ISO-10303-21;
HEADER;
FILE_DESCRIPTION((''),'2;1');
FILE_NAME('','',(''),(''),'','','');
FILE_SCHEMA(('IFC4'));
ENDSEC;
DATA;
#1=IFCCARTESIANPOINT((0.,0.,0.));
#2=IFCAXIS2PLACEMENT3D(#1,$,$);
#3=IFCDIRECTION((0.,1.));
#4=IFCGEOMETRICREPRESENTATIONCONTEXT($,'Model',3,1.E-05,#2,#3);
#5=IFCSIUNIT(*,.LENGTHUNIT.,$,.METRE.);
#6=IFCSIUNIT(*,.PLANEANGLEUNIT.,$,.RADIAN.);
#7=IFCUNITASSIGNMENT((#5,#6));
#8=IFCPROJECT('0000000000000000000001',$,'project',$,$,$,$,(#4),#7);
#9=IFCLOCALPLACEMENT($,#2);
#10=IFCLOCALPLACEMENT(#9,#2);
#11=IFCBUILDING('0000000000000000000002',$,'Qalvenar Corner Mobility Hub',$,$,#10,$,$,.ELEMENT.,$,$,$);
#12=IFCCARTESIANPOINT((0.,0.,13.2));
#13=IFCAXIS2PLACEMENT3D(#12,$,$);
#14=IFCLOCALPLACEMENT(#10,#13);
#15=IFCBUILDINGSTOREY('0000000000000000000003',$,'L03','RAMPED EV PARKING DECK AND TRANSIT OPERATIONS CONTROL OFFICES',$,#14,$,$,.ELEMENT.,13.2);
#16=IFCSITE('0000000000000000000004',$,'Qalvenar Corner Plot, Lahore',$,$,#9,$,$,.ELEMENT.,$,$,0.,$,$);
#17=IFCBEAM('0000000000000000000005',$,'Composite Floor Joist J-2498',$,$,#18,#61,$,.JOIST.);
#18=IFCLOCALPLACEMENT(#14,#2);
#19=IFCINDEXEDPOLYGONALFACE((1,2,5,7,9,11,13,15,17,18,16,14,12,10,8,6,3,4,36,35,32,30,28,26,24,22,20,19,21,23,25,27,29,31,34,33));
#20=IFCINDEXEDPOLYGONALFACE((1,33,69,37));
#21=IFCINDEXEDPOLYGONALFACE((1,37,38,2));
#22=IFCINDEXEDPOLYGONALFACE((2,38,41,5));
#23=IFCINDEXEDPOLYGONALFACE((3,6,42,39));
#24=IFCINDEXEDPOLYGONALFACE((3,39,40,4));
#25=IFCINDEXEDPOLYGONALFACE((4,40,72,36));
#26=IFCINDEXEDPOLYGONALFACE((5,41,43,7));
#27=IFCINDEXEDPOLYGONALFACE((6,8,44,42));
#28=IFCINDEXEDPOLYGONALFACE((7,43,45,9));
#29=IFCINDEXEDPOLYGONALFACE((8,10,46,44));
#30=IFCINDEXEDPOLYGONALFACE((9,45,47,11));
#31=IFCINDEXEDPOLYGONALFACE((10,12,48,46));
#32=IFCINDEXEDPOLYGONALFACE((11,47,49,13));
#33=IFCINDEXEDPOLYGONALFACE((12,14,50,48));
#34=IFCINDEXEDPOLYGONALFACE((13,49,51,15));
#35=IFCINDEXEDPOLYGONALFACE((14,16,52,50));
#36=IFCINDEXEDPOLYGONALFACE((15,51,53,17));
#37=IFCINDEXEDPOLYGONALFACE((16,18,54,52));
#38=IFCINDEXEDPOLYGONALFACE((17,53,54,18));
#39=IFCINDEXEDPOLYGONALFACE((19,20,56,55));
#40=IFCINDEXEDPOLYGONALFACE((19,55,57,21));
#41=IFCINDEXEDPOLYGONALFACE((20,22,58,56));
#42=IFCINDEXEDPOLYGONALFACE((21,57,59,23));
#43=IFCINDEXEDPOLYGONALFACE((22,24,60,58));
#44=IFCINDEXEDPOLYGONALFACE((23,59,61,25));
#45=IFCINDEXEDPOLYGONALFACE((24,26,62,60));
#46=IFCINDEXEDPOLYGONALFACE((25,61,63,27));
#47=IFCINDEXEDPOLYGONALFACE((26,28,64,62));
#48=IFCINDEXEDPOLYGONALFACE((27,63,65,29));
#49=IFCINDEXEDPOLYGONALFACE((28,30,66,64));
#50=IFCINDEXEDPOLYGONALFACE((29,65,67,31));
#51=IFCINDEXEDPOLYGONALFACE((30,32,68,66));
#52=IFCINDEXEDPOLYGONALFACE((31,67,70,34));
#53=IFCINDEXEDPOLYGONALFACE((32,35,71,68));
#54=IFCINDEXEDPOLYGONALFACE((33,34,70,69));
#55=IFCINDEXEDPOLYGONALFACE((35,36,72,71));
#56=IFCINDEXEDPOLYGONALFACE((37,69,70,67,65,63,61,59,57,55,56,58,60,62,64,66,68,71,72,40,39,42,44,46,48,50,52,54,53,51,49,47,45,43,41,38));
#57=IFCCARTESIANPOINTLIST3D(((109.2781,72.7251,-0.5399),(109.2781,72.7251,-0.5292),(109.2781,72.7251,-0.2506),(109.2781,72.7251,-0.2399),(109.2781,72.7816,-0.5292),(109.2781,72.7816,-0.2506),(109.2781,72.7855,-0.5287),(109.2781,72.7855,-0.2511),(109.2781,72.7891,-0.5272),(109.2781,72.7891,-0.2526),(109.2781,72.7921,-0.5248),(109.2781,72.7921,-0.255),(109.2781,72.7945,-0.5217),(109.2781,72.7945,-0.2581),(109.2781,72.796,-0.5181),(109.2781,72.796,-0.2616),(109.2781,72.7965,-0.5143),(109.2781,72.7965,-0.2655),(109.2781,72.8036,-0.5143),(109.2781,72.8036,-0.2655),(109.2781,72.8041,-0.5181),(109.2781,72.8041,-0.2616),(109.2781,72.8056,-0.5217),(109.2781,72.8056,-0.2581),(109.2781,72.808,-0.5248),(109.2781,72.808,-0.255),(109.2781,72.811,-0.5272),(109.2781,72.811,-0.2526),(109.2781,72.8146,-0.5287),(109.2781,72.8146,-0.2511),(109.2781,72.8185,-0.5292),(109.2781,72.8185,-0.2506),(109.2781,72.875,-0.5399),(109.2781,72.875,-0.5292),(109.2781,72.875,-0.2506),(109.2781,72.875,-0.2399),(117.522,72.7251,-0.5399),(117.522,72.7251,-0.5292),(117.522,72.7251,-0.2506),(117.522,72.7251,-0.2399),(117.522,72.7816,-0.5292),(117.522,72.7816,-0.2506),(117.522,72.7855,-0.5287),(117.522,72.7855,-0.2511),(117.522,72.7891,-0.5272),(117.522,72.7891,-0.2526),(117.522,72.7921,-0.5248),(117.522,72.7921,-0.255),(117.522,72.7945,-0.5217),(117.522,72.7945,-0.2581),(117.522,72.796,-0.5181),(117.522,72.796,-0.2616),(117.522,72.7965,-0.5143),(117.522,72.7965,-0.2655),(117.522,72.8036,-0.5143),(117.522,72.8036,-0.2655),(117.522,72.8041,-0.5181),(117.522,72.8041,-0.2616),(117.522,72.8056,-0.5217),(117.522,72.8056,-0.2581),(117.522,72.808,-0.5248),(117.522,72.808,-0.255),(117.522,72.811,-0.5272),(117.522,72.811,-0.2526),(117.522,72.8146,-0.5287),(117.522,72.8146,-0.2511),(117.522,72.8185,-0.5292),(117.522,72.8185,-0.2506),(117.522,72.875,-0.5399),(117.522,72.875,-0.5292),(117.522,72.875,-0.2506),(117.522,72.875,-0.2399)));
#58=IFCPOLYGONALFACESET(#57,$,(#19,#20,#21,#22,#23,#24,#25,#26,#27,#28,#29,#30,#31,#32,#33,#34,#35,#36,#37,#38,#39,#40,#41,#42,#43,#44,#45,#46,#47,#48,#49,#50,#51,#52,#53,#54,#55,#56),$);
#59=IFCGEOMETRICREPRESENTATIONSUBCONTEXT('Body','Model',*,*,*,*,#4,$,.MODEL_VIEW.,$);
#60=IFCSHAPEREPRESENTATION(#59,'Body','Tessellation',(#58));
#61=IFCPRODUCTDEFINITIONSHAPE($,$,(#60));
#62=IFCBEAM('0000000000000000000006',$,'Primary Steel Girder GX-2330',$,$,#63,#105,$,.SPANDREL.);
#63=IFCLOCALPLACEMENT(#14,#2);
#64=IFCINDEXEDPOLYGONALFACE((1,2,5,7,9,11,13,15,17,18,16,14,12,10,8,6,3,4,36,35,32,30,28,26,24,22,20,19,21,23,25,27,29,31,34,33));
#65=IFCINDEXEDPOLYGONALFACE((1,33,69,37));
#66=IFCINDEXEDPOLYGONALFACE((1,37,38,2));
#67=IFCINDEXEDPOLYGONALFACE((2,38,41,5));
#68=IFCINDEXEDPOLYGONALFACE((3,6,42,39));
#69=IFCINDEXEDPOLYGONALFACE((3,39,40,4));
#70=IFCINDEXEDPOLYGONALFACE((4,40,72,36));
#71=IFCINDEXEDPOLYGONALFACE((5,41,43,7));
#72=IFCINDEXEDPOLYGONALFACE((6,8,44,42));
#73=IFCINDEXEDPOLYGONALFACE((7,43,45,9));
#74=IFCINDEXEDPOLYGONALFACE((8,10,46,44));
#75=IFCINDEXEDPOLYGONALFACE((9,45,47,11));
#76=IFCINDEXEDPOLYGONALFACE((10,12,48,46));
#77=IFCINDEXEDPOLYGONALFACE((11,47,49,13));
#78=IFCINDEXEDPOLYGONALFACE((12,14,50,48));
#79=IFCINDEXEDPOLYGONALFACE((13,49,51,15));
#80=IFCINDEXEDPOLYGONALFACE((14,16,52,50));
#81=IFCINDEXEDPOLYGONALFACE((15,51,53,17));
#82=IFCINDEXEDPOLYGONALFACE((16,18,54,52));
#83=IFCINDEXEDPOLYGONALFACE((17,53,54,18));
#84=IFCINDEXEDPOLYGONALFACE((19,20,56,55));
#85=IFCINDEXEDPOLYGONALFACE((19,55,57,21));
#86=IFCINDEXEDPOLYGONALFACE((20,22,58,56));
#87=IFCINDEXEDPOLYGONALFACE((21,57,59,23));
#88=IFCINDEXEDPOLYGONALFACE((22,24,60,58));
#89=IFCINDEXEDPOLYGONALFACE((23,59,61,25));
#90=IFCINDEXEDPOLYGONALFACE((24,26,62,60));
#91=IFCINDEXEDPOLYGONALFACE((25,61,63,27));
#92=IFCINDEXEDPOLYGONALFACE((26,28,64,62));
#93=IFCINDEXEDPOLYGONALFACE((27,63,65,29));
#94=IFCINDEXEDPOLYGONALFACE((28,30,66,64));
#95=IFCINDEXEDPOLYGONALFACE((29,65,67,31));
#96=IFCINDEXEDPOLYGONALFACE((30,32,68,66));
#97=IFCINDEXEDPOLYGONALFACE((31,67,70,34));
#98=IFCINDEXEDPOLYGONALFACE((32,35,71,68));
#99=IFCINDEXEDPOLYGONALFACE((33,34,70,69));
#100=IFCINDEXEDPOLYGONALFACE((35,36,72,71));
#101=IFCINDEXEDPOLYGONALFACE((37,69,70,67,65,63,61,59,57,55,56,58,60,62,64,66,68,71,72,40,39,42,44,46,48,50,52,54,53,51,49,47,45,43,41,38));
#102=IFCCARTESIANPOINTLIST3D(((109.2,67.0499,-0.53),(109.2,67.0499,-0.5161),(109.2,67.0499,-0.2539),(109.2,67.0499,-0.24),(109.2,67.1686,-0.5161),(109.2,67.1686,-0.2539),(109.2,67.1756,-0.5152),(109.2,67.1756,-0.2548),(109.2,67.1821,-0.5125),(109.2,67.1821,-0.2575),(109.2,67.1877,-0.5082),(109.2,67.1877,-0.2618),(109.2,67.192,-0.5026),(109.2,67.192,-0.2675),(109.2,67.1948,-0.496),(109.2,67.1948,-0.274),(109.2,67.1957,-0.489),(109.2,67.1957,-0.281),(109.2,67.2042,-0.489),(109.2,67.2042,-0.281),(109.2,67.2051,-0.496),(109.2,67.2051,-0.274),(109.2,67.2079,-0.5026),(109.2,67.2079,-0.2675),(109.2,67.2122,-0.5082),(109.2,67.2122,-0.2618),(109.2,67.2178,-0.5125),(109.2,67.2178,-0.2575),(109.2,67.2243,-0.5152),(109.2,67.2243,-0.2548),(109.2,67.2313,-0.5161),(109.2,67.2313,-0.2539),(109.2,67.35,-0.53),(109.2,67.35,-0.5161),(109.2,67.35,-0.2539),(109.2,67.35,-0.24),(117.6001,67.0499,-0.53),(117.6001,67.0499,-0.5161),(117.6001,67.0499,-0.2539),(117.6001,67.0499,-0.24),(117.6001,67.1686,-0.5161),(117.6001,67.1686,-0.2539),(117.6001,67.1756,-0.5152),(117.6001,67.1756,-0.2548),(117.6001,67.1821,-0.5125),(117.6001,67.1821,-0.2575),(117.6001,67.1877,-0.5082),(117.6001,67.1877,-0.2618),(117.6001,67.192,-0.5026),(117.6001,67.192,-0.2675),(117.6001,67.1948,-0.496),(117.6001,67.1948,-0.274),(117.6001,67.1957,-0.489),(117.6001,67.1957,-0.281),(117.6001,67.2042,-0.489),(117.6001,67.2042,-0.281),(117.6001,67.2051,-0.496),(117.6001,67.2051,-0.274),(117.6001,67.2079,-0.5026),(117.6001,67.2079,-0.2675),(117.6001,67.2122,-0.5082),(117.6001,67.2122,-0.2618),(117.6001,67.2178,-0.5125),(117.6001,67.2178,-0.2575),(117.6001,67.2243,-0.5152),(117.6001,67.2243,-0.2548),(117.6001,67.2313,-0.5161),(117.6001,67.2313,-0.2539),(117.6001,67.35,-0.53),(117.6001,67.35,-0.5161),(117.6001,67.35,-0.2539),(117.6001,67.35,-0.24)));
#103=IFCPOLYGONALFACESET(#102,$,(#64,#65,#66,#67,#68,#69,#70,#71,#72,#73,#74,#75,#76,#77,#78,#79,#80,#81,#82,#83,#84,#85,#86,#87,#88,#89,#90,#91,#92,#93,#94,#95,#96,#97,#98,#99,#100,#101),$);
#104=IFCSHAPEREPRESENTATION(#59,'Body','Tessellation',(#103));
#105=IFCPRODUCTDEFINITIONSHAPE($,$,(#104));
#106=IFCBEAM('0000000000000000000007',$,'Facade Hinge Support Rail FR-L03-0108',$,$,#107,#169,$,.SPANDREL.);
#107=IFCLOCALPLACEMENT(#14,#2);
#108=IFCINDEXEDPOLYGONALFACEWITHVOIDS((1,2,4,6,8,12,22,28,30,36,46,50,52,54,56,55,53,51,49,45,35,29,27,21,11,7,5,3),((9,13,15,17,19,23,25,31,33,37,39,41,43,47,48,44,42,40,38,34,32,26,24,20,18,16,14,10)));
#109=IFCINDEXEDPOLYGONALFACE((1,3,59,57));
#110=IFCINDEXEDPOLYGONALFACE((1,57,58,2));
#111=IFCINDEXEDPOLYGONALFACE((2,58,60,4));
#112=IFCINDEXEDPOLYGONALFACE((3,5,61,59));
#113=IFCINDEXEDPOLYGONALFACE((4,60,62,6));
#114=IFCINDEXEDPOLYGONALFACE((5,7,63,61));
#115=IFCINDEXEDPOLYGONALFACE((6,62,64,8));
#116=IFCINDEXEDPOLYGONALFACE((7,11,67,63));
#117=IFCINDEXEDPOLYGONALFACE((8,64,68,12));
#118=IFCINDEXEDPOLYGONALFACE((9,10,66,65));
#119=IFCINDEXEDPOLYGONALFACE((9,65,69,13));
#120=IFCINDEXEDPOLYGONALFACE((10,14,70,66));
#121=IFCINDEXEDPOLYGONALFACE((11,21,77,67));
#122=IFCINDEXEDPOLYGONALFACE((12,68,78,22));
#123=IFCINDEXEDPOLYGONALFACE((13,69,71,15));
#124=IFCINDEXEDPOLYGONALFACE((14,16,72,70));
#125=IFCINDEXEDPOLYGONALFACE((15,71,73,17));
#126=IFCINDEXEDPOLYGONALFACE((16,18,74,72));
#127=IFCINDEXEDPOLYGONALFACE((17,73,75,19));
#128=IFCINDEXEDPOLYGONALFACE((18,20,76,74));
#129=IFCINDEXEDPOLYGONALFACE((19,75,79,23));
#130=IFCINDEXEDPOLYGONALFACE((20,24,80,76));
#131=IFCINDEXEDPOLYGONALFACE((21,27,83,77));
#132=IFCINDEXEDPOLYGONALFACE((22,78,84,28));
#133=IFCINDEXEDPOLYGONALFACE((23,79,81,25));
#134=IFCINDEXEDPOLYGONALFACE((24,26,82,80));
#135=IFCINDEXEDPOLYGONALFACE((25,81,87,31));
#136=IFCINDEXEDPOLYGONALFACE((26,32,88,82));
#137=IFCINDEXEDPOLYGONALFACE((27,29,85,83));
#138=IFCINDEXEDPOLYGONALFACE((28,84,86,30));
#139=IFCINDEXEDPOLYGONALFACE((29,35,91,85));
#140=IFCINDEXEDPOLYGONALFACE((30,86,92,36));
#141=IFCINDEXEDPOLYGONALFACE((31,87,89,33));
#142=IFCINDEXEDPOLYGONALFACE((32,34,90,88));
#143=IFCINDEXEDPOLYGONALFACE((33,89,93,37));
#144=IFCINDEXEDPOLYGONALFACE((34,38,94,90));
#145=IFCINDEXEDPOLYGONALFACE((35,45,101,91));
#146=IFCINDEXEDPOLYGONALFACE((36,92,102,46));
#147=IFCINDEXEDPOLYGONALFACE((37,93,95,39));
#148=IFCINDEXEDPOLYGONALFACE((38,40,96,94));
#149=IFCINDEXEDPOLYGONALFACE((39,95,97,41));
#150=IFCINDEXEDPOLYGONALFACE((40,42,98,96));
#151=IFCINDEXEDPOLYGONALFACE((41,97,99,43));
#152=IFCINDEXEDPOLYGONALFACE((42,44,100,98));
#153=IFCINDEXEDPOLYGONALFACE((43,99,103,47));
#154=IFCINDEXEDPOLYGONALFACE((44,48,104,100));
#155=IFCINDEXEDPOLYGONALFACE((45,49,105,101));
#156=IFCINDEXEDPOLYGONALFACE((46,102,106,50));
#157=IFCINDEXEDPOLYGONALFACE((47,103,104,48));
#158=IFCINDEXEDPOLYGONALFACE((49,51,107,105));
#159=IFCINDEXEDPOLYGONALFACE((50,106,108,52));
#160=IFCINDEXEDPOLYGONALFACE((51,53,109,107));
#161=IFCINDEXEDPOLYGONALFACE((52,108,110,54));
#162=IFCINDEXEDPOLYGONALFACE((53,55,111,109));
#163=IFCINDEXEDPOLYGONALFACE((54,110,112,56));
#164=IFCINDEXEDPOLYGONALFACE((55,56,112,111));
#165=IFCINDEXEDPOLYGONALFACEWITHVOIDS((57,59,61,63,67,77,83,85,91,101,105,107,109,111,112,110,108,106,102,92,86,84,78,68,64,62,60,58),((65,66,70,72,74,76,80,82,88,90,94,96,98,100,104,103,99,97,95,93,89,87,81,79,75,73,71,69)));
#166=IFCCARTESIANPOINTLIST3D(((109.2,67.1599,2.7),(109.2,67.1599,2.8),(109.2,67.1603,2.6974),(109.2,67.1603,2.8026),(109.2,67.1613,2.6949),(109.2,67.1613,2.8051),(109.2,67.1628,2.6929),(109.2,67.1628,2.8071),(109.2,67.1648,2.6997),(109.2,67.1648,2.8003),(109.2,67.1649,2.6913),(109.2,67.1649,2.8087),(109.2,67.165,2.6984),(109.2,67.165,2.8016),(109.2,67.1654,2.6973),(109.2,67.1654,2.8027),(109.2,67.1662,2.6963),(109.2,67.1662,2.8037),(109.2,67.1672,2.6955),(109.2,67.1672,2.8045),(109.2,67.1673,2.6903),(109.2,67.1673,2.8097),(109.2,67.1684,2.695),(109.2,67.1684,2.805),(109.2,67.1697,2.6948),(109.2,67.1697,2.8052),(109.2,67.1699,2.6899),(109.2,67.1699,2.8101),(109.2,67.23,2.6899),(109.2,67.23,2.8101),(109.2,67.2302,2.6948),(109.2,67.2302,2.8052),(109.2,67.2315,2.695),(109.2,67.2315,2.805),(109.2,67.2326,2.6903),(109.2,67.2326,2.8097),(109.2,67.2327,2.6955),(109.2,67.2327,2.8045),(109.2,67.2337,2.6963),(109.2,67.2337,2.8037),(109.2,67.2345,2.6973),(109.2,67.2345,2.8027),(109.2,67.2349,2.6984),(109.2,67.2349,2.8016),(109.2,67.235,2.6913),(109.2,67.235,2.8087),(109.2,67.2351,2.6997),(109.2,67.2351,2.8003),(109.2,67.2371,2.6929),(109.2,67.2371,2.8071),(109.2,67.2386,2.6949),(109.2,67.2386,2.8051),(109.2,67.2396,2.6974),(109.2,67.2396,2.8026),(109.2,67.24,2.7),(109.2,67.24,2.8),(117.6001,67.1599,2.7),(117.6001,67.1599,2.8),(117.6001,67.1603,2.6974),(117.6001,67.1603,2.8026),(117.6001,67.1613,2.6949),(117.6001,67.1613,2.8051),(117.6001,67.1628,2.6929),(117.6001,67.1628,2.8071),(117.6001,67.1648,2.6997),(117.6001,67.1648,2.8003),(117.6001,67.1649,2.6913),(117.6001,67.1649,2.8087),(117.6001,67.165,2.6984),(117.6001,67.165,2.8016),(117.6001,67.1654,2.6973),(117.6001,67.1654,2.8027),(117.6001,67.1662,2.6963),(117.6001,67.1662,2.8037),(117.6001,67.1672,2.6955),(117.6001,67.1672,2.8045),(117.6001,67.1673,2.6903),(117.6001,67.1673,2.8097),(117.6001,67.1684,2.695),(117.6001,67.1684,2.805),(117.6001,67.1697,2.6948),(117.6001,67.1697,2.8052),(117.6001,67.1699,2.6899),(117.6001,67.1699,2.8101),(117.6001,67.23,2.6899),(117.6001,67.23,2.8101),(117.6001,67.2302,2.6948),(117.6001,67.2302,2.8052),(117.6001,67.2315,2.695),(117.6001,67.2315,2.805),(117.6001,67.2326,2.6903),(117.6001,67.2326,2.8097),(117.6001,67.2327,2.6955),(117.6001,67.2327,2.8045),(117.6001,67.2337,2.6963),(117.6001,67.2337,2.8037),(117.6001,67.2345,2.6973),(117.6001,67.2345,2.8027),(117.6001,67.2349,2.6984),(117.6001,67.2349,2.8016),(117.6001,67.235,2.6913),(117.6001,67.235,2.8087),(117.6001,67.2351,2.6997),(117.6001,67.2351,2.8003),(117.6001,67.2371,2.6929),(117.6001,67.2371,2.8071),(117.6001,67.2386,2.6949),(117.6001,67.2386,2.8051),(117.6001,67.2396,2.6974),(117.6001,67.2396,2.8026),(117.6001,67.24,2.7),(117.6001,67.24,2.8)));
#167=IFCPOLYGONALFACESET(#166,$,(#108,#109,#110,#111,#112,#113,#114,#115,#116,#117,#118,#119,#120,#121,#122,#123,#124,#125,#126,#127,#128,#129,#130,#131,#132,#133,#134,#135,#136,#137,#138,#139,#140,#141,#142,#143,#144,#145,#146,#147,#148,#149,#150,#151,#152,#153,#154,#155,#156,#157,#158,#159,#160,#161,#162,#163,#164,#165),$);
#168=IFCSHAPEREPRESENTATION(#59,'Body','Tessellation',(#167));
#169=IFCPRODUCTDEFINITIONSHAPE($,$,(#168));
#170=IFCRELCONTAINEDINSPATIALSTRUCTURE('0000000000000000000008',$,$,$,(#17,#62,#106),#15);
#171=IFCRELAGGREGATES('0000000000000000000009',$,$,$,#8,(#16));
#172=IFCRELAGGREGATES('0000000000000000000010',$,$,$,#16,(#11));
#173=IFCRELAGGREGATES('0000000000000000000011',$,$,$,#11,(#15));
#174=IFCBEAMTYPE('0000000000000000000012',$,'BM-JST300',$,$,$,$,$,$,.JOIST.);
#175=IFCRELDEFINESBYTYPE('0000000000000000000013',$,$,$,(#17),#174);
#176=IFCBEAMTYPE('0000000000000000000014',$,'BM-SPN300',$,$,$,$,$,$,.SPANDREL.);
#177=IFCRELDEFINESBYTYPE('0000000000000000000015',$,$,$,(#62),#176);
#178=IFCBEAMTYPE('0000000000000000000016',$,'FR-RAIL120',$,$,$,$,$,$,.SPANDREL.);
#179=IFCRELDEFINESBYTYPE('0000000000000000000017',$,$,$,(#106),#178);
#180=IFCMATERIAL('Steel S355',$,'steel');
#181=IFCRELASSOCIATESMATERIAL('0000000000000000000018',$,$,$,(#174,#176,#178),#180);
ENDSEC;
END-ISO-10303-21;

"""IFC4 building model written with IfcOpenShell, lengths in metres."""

from ifc_helpers import new_model, si_unit, direction, frame, origin, origin_2d, place, context, subcontext, project, spatial, hollow_rectangle, i_section, extrude, material, material_profile, profile_set, type_object, element, save


model = new_model("IFC4")

# Units and contexts
model_context = context("Model", 3, precision=1e-05, world=origin(), true_north=direction((0.0, 1.0)))
body_context = subcontext(model_context, "Body", "Model", "MODEL_VIEW")
ifc_project = project(units=[si_unit("LENGTHUNIT", "METRE"), si_unit("PLANEANGLEUNIT", "RADIAN")], contexts=[model_context])

# Site, building, storey
site_placement = place(None, origin())
site = spatial("IfcSite", under=ifc_project, at=site_placement, Name="Qalvenar Corner Plot, Lahore", CompositionType="ELEMENT", RefElevation=0.0)
building_placement = place(site_placement, origin())
building = spatial("IfcBuilding", under=site, at=building_placement, Name="Qalvenar Corner Mobility Hub", CompositionType="ELEMENT")
storey_placement = place(building_placement, frame((0.0, 0.0, 13.2)))
storey = spatial("IfcBuildingStorey", under=building, at=storey_placement, Name="L03", Description="RAMPED EV PARKING DECK AND TRANSIT OPERATIONS CONTROL OFFICES", CompositionType="ELEMENT", Elevation=13.2)

# Shared definitions
ifc_material = material(Name="Steel S355", Category="steel")

# Beams
ifc_material_profile_1 = material_profile(ifc_material, i_section(OverallWidth=0.1499, OverallDepth=0.3, WebThickness=0.0071, FlangeThickness=0.0107, FilletRadius=0.0149, at=origin_2d()), Name="IPE300")
ifc_profile_set_1 = profile_set([ifc_material_profile_1], Name="Steel S355")
beam_type_1 = type_object("IfcBeamType", Name="BM-JST300", PredefinedType="JOIST", material=ifc_profile_set_1)
for number, where, z_axis, x_axis, name in (
    (1, (109.2781, 72.8, -0.3899), (1.0, 0.0, 0.0), (0.0, 1.0, 0.0), "Composite Floor Joist J-2498"),
):
    element("IfcBeam", number, at=place(storey_placement, frame(where, z_axis=z_axis, x_axis=x_axis)), inside=storey, type_object=beam_type_1, Name=name, PredefinedType="JOIST", context=body_context, shape_type="SweptSolid", body=[
        extrude(i_section(OverallWidth=0.1499, OverallDepth=0.3, WebThickness=0.0071, FlangeThickness=0.0107, FilletRadius=0.0149, at=origin_2d()), origin(), (0.0, 0.0, 1.0), 8.2439),
    ])
ifc_material_profile_2 = material_profile(ifc_material, i_section(OverallWidth=0.3, OverallDepth=0.29, WebThickness=0.0085, FlangeThickness=0.0139, FilletRadius=0.0271, at=origin_2d()), Name="HEA300")
ifc_profile_set_2 = profile_set([ifc_material_profile_2], Name="Steel S355")
beam_type_2 = type_object("IfcBeamType", Name="BM-SPN300", PredefinedType="SPANDREL", material=ifc_profile_set_2)
beam_1_placement = place(storey_placement, frame((109.2, 67.2, -0.385), z_axis=(1.0, 0.0, 0.0), x_axis=(0.0, 1.0, 0.0)))
element("IfcBeam", 2, at=beam_1_placement, inside=storey, type_object=beam_type_2, Name="Primary Steel Girder GX-2330", PredefinedType="SPANDREL", context=body_context, shape_type="SweptSolid", body=[
    extrude(i_section(OverallWidth=0.3, OverallDepth=0.29, WebThickness=0.0085, FlangeThickness=0.0139, FilletRadius=0.0271, at=origin_2d()), origin(), (0.0, 0.0, 1.0), 8.4001),
])
ifc_material_profile_3 = material_profile(ifc_material, hollow_rectangle(XDim=0.0801, YDim=0.1201, WallThickness=0.0049, InnerFilletRadius=0.0049, OuterFilletRadius=0.01, at=origin_2d()), Name="RHS120x80x5")
ifc_profile_set_3 = profile_set([ifc_material_profile_3], Name="Steel S355")
beam_type_3 = type_object("IfcBeamType", Name="FR-RAIL120", PredefinedType="SPANDREL", material=ifc_profile_set_3)
beam_2_placement = place(storey_placement, frame((109.2, 67.2, 2.75), z_axis=(1.0, 0.0, 0.0), x_axis=(0.0, 1.0, 0.0)))
element("IfcBeam", 3, at=beam_2_placement, inside=storey, type_object=beam_type_3, Name="Facade Hinge Support Rail FR-L03-0108", PredefinedType="SPANDREL", context=body_context, shape_type="SweptSolid", body=[
    extrude(hollow_rectangle(XDim=0.0801, YDim=0.1201, WallThickness=0.0049, InnerFilletRadius=0.0049, OuterFilletRadius=0.01, at=origin_2d()), origin(), (0.0, 0.0, 1.0), 8.4001),
])

save(model, "model.ifc")
